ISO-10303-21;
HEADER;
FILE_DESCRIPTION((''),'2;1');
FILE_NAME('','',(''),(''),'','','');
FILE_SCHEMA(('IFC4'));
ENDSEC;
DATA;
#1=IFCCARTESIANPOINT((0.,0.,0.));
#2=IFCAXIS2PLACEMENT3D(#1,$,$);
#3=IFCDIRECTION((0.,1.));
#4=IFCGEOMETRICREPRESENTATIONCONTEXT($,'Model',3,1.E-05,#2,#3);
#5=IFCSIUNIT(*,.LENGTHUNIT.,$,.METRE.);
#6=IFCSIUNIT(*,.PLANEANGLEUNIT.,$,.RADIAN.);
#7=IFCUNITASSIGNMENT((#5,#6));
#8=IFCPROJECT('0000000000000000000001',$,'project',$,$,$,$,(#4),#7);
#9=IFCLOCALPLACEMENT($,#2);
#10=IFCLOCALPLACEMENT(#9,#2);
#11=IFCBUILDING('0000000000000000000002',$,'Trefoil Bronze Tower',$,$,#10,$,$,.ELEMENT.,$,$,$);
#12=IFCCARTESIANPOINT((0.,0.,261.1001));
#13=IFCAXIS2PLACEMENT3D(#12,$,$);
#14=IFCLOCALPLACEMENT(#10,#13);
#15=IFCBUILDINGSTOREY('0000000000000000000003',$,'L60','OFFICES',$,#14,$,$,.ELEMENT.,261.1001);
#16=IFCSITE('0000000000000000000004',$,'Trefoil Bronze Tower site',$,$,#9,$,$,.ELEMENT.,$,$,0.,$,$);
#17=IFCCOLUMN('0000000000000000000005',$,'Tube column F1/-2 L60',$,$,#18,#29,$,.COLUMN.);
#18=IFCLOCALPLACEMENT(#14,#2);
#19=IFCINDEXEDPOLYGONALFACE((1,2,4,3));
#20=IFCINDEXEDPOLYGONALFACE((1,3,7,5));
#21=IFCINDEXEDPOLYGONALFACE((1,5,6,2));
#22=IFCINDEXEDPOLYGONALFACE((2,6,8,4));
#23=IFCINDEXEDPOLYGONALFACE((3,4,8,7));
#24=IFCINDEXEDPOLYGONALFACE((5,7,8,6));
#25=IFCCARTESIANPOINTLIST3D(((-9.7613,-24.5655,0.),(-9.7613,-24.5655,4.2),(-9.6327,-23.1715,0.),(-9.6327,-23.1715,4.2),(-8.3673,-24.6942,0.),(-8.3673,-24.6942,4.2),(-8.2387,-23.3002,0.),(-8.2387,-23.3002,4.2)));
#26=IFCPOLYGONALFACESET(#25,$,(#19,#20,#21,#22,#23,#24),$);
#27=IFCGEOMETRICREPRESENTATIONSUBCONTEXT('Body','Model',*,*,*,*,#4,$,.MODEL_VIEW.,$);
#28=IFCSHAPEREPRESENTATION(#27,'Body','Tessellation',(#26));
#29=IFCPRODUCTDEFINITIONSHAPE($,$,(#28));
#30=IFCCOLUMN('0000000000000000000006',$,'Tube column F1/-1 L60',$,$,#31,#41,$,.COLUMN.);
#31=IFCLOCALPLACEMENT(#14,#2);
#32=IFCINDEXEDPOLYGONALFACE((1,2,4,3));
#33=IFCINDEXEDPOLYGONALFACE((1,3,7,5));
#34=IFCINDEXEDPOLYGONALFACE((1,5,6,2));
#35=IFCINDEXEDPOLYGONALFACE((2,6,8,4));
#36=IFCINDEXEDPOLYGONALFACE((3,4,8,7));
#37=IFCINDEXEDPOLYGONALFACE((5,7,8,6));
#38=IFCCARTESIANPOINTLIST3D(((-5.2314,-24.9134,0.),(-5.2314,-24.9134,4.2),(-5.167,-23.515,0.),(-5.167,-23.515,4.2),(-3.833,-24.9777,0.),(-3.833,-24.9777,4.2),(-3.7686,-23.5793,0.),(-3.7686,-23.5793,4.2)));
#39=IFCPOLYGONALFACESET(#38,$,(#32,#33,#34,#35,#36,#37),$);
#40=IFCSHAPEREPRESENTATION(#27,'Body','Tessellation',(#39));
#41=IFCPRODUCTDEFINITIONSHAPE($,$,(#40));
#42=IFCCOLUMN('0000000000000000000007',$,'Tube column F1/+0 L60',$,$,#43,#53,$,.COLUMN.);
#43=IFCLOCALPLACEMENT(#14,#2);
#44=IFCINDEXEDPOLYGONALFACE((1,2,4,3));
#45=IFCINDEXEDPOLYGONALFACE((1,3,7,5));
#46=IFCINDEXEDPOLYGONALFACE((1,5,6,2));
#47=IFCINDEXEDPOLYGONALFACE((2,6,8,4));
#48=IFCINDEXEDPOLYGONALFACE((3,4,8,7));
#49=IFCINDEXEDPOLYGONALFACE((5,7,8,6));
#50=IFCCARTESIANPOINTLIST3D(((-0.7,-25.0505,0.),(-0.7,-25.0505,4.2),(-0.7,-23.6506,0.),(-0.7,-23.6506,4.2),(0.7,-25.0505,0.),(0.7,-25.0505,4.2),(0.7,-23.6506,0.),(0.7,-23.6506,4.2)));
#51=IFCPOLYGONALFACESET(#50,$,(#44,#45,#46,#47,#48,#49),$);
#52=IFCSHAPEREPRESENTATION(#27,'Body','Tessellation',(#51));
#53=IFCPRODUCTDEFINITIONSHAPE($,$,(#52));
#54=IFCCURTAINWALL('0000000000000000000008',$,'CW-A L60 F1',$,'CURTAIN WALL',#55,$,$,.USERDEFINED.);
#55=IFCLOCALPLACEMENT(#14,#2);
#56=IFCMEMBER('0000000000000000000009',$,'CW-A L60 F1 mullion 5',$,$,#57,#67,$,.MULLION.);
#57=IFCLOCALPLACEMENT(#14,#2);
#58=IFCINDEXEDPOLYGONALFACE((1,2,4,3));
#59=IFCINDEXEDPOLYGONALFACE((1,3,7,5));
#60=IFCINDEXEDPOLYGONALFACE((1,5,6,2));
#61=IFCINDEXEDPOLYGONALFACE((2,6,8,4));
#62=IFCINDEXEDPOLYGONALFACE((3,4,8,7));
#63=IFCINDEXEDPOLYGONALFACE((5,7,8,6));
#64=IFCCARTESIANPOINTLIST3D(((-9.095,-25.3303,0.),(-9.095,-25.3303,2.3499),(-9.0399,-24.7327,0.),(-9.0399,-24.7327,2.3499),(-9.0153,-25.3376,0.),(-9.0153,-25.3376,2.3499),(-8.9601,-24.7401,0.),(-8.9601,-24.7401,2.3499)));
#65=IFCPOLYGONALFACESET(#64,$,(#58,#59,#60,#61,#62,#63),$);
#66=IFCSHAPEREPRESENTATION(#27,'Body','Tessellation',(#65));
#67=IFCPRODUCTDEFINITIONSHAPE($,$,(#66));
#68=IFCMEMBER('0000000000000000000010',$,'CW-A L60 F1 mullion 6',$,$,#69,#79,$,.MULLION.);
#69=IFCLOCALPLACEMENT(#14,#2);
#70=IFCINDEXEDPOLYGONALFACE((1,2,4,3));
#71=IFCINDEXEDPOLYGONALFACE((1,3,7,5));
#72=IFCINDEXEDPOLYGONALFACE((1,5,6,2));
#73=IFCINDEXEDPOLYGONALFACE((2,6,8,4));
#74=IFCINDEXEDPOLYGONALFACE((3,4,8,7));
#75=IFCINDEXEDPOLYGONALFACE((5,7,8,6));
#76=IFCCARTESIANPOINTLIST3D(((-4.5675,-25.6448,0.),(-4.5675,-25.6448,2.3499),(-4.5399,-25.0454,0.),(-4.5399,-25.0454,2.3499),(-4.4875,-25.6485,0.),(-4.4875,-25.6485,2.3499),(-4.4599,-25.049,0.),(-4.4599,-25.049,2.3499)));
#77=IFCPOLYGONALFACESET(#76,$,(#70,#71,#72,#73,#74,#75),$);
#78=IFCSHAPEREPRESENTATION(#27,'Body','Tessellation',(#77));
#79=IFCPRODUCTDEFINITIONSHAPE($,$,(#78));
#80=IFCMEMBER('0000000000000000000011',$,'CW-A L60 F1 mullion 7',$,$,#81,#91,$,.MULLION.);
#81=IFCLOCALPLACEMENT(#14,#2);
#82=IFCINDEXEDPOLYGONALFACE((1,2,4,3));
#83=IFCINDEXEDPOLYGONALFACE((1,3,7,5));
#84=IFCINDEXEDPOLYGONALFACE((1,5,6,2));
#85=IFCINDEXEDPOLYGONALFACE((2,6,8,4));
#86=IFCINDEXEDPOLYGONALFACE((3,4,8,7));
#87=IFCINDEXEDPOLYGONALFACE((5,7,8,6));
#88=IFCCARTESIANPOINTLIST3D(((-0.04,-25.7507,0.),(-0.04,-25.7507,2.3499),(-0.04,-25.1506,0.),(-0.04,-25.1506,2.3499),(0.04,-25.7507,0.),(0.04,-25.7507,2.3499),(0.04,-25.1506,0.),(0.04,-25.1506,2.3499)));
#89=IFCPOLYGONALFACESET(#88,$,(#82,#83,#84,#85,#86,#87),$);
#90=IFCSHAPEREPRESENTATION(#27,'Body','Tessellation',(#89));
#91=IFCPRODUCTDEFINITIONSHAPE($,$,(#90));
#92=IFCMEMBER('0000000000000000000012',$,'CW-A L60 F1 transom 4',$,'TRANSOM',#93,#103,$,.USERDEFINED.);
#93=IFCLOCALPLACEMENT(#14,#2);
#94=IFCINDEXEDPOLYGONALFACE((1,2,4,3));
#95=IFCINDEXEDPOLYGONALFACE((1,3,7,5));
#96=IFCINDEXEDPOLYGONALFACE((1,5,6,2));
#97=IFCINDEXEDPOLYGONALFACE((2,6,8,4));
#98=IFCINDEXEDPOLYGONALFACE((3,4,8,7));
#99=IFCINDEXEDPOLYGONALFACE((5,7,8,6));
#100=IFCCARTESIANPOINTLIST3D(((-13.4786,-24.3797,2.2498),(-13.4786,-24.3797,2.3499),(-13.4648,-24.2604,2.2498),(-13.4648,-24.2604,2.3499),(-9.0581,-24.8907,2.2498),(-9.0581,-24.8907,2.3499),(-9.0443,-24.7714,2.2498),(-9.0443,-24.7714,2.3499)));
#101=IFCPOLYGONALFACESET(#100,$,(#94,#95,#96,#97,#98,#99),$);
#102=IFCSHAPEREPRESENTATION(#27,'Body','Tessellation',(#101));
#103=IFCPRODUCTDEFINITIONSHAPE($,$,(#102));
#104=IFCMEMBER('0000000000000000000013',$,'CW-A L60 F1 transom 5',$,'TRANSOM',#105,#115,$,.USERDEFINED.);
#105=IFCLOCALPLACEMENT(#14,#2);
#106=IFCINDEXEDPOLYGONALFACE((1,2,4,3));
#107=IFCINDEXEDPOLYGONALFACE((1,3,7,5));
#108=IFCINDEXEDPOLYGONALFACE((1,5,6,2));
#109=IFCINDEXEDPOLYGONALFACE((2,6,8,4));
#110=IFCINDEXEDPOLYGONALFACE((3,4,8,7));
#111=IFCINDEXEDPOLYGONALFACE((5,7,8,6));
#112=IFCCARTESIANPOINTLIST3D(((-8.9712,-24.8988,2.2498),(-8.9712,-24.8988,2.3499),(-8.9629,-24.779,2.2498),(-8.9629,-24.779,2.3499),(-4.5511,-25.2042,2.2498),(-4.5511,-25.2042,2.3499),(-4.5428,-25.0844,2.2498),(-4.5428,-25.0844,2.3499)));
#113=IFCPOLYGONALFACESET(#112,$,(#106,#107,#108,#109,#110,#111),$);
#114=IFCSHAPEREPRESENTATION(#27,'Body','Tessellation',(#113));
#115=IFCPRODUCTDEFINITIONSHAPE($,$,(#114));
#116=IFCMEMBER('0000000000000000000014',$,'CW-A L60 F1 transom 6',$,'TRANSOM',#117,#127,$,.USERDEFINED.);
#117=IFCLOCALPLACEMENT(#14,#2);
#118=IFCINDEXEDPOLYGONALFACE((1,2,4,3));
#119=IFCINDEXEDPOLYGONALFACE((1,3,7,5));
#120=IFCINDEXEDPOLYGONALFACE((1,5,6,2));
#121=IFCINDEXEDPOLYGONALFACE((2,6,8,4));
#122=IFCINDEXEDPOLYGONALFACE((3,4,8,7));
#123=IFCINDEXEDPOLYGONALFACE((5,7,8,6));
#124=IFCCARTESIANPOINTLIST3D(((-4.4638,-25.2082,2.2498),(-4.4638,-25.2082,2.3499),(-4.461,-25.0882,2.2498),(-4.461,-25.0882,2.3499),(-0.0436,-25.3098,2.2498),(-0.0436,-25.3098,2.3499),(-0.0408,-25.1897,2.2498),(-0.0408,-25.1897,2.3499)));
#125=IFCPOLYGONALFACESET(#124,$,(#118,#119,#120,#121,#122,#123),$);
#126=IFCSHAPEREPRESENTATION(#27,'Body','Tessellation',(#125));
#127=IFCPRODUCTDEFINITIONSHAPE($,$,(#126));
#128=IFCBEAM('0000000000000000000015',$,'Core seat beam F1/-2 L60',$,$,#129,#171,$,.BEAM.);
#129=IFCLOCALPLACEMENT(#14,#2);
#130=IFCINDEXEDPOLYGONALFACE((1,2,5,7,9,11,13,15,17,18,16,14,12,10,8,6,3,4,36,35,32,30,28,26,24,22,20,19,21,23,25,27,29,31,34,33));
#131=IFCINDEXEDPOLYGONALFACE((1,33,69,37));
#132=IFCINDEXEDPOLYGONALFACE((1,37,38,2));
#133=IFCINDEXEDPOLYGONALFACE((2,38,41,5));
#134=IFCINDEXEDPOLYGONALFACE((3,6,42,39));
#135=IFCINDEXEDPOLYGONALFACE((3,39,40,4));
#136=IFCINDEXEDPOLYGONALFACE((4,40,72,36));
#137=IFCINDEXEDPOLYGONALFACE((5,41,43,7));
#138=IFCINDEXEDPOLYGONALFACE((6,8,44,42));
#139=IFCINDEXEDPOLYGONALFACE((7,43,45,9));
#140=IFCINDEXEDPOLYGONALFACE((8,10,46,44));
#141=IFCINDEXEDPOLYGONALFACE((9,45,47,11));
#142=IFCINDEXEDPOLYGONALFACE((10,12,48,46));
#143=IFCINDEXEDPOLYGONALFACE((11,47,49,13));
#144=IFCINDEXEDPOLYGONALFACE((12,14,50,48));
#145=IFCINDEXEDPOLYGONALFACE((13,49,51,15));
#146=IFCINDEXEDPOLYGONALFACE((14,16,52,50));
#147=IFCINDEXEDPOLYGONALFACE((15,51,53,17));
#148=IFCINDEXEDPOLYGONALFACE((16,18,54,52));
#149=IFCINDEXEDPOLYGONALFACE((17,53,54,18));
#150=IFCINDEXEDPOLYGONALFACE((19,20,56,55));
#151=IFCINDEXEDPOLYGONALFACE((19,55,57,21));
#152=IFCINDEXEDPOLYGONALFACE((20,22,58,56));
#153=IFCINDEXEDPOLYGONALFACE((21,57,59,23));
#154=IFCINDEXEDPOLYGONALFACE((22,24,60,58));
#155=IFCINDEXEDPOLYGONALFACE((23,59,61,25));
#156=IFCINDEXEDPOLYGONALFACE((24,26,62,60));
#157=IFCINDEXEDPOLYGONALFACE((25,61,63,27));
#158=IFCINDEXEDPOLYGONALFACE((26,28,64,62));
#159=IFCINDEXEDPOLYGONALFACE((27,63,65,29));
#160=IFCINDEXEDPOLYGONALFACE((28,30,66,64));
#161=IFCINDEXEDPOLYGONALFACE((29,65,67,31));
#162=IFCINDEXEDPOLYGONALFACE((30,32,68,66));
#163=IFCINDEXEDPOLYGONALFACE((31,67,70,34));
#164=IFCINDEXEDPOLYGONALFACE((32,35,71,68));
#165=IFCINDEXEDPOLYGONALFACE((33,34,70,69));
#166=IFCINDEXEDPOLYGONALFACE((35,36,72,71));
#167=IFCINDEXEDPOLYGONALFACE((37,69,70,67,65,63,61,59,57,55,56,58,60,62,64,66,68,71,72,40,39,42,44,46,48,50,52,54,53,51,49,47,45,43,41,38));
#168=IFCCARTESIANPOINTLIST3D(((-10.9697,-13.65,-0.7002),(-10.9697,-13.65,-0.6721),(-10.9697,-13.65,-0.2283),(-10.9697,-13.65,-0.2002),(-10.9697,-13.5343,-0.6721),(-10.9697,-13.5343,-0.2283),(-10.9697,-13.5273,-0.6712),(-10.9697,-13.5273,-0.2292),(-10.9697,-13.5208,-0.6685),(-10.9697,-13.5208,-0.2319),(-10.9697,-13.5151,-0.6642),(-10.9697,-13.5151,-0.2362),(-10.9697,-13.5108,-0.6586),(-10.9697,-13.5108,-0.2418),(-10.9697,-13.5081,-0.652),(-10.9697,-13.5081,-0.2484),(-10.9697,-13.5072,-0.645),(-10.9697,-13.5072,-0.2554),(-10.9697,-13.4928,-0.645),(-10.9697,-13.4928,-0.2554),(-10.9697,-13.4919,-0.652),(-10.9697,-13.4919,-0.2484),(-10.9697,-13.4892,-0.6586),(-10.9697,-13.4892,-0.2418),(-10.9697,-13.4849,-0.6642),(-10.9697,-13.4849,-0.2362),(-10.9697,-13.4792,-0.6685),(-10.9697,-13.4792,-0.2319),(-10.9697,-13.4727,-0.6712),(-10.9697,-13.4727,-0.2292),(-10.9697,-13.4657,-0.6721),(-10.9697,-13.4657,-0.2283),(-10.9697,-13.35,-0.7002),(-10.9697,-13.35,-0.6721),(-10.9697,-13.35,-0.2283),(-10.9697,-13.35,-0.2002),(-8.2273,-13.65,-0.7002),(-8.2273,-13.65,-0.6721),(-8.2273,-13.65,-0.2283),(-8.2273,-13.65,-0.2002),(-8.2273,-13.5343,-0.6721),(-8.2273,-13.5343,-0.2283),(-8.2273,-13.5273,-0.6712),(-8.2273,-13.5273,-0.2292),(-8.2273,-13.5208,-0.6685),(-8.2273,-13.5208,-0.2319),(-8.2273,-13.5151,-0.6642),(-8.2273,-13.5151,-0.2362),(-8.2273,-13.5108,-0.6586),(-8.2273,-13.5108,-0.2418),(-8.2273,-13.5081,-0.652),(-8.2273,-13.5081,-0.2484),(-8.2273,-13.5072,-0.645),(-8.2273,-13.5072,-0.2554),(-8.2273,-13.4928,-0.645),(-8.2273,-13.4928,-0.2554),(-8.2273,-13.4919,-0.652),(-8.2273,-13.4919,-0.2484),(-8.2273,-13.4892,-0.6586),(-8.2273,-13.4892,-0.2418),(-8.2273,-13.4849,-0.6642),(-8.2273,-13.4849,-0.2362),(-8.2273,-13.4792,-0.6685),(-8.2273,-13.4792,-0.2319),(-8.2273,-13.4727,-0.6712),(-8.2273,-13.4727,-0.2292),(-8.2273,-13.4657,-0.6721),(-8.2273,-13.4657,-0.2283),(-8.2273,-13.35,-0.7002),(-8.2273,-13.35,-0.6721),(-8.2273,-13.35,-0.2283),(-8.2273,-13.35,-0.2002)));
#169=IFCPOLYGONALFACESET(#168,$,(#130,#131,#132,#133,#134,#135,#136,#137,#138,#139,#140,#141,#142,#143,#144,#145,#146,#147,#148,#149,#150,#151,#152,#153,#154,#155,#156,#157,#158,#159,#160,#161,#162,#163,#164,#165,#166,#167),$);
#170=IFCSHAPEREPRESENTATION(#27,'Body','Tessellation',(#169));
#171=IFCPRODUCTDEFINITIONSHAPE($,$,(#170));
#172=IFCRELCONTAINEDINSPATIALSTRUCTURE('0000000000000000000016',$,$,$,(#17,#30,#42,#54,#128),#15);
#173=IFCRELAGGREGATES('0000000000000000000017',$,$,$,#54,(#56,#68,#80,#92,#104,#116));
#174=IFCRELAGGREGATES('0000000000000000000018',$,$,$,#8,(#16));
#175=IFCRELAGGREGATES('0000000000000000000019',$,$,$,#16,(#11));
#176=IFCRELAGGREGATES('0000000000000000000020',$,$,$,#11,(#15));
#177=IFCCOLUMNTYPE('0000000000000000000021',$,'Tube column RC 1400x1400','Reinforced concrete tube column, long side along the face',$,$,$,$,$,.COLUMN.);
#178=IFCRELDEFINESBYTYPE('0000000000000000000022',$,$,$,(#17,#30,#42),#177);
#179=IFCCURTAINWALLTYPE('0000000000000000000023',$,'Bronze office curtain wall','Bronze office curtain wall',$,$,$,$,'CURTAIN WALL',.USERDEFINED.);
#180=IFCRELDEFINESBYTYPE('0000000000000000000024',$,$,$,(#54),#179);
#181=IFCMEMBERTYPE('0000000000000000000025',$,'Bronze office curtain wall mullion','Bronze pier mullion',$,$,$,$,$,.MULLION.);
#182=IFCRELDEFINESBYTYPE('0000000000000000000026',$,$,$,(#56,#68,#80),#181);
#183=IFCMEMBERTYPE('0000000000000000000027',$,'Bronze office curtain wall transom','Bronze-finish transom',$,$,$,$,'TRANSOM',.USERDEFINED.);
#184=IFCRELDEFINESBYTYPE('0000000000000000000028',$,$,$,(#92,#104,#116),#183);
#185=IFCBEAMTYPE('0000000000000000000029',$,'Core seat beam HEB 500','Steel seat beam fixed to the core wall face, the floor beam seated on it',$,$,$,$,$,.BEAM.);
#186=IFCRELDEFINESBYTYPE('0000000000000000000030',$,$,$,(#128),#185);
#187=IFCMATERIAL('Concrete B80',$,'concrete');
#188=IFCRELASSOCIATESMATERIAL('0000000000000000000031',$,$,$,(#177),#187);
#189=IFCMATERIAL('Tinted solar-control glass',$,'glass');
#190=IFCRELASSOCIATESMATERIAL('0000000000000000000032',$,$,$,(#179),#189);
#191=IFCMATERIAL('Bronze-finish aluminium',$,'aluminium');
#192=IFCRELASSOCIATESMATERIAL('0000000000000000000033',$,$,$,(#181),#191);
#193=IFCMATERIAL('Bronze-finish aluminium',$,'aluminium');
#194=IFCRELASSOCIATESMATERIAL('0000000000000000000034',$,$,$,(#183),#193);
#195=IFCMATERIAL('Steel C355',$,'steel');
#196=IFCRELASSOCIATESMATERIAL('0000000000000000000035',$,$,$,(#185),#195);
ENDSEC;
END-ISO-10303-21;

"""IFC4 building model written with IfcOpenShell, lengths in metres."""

from ifc_helpers import new_model, si_unit, direction, frame, origin, origin_2d, place, context, subcontext, project, spatial, rectangle, i_section, extrude, material, material_profile, profile_set, type_object, element, aggregate, save


model = new_model("IFC4")

# Units and contexts
model_context = context("Model", 3, precision=1e-05, world=origin(), true_north=direction((0.0, 1.0)))
body_context = subcontext(model_context, "Body", "Model", "MODEL_VIEW")
ifc_project = project(units=[si_unit("LENGTHUNIT", "METRE"), si_unit("PLANEANGLEUNIT", "RADIAN")], contexts=[model_context])

# Site, building, storey
site_placement = place(None, origin())
site = spatial("IfcSite", under=ifc_project, at=site_placement, Name="Trefoil Bronze Tower site", CompositionType="ELEMENT", RefElevation=0.0)
building_placement = place(site_placement, origin())
building = spatial("IfcBuilding", under=site, at=building_placement, Name="Trefoil Bronze Tower", CompositionType="ELEMENT")
storey_placement = place(building_placement, frame((0.0, 0.0, 261.1001)))
storey = spatial("IfcBuildingStorey", under=building, at=storey_placement, Name="L60", Description="OFFICES", CompositionType="ELEMENT", Elevation=261.1001)

# Columns
ifc_material_1 = material(Name="Concrete B80", Category="concrete")
ifc_material_profile_1 = material_profile(ifc_material_1, rectangle(XDim=1.3999, YDim=1.3999, at=origin_2d()), Name="RC 1400x1400")
ifc_profile_set_1 = profile_set([ifc_material_profile_1], Name="Concrete B80")
column_type = type_object("IfcColumnType", Name="Tube column RC 1400x1400", Description="Reinforced concrete tube column, long side along the face", PredefinedType="COLUMN", material=ifc_profile_set_1)
for number, where, z_axis, x_axis, name in (
    (1, (-9.0, -23.9329, 0.0), (0.0, 0.0, 1.0), (0.995767, -0.091911, 0.0), "Tube column F1/-2 L60"),
    (2, (-4.5, -24.2463, 0.0), (0.0, 0.0, 1.0), (0.998943, -0.045956, 0.0), "Tube column F1/-1 L60"),
    (3, (0.0, -24.3506, 0.0), (0.0, 0.0, 1.0), (1.0, 0.0, 0.0), "Tube column F1/+0 L60"),
):
    element("IfcColumn", number, at=place(storey_placement, frame(where, z_axis=z_axis, x_axis=x_axis)), inside=storey, type_object=column_type, Name=name, PredefinedType="COLUMN", context=body_context, shape_type="SweptSolid", body=[
        extrude(rectangle(XDim=1.3999, YDim=1.3999, at=origin_2d()), origin(), (0.0, 0.0, 1.0), 4.2),
    ])

# Curtain wall, members
ifc_material_2 = material(Name="Tinted solar-control glass", Category="glass")
curtain_wall_type = type_object("IfcCurtainWallType", Name="Bronze office curtain wall", Description="Bronze office curtain wall", ElementType="CURTAIN WALL", PredefinedType="USERDEFINED", material=ifc_material_2)
curtain_wall_placement = place(storey_placement, origin())
curtain_wall = element("IfcCurtainWall", 4, at=curtain_wall_placement, inside=storey, type_object=curtain_wall_type, Name="CW-A L60 F1", ObjectType="CURTAIN WALL", PredefinedType="USERDEFINED")
ifc_material_3 = material(Name="Bronze-finish aluminium", Category="aluminium")
ifc_material_profile_2 = material_profile(ifc_material_3, rectangle(XDim=0.6001, YDim=0.0801, at=origin_2d()), Name="CW-A mullion")
ifc_profile_set_2 = profile_set([ifc_material_profile_2], Name="Bronze-finish aluminium")
member_type_1 = type_object("IfcMemberType", Name="Bronze office curtain wall mullion", Description="Bronze pier mullion", PredefinedType="MULLION", material=ifc_profile_set_2)
member_1_placement = place(storey_placement, frame((-9.0276, -25.0352, 0.0), z_axis=(0.0, 0.0, 1.0), x_axis=(0.091911, 0.995767, 0.0)))
member_1 = element("IfcMember", 5, at=member_1_placement, type_object=member_type_1, Name="CW-A L60 F1 mullion 5", PredefinedType="MULLION", context=body_context, shape_type="SweptSolid", body=[
    extrude(rectangle(XDim=0.6001, YDim=0.0801, at=origin_2d()), origin(), (0.0, 0.0, 1.0), 2.3499),
])
member_2_placement = place(storey_placement, frame((-4.5137, -25.3469, 0.0), z_axis=(0.0, 0.0, 1.0), x_axis=(0.045956, 0.998943, 0.0)))
member_2 = element("IfcMember", 6, at=member_2_placement, type_object=member_type_1, Name="CW-A L60 F1 mullion 6", PredefinedType="MULLION", context=body_context, shape_type="SweptSolid", body=[
    extrude(rectangle(XDim=0.6001, YDim=0.0801, at=origin_2d()), origin(), (0.0, 0.0, 1.0), 2.3499),
])
member_3_placement = place(storey_placement, frame((0.0, -25.4507, 0.0), z_axis=(0.0, 0.0, 1.0), x_axis=(0.0, 1.0, 0.0)))
member_3 = element("IfcMember", 7, at=member_3_placement, type_object=member_type_1, Name="CW-A L60 F1 mullion 7", PredefinedType="MULLION", context=body_context, shape_type="SweptSolid", body=[
    extrude(rectangle(XDim=0.6001, YDim=0.0801, at=origin_2d()), origin(), (0.0, 0.0, 1.0), 2.3499),
])
ifc_material_4 = material(Name="Bronze-finish aluminium", Category="aluminium")
ifc_material_profile_3 = material_profile(ifc_material_4, rectangle(XDim=0.1201, YDim=0.1001, at=origin_2d()), Name="CW-A transom")
ifc_profile_set_3 = profile_set([ifc_material_profile_3], Name="Bronze-finish aluminium")
member_type_2 = type_object("IfcMemberType", Name="Bronze office curtain wall transom", Description="Bronze-finish transom", ElementType="TRANSOM", PredefinedType="USERDEFINED", material=ifc_profile_set_3)
member_4_placement = place(storey_placement, frame((-13.4717, -24.3201, 2.2998), z_axis=(0.993385, -0.114832, 0.0), x_axis=(0.114832, 0.993385, 0.0)))
member_4 = element("IfcMember", 8, at=member_4_placement, type_object=member_type_2, Name="CW-A L60 F1 transom 4", ObjectType="TRANSOM", PredefinedType="USERDEFINED", context=body_context, shape_type="SweptSolid", body=[
    extrude(rectangle(XDim=0.1201, YDim=0.1001, at=origin_2d()), origin(), (0.0, 0.0, 1.0), 4.45),
])
member_5_placement = place(storey_placement, frame((-8.967, -24.8389, 2.2998), z_axis=(0.997621, -0.068933, 0.0), x_axis=(0.068933, 0.997621, 0.0)))
member_5 = element("IfcMember", 9, at=member_5_placement, type_object=member_type_2, Name="CW-A L60 F1 transom 5", ObjectType="TRANSOM", PredefinedType="USERDEFINED", context=body_context, shape_type="SweptSolid", body=[
    extrude(rectangle(XDim=0.1201, YDim=0.1001, at=origin_2d()), origin(), (0.0, 0.0, 1.0), 4.4307),
])
member_6_placement = place(storey_placement, frame((-4.4624, -25.1482, 2.2998), z_axis=(0.999736, -0.022971, 0.0), x_axis=(0.022971, 0.999736, 0.0)))
member_6 = element("IfcMember", 10, at=member_6_placement, type_object=member_type_2, Name="CW-A L60 F1 transom 6", ObjectType="TRANSOM", PredefinedType="USERDEFINED", context=body_context, shape_type="SweptSolid", body=[
    extrude(rectangle(XDim=0.1201, YDim=0.1001, at=origin_2d()), origin(), (0.0, 0.0, 1.0), 4.4214),
])

# Beam
ifc_material_5 = material(Name="Steel C355", Category="steel")
ifc_material_profile_4 = material_profile(ifc_material_5, i_section(OverallWidth=0.3, OverallDepth=0.5, WebThickness=0.0144, FlangeThickness=0.0281, FilletRadius=0.0271, at=origin_2d()), Name="HEB 500")
ifc_profile_set_4 = profile_set([ifc_material_profile_4], Name="Steel C355")
beam_type_1 = type_object("IfcBeamType", Name="Core seat beam HEB 500", Description="Steel seat beam fixed to the core wall face, the floor beam seated on it", PredefinedType="BEAM", material=ifc_profile_set_4)
for number, where, z_axis, x_axis, name in (
    (11, (-10.9697, -13.5, -0.4502), (1.0, 0.0, 0.0), (0.0, 1.0, 0.0), "Core seat beam F1/-2 L60"),
):
    element("IfcBeam", number, at=place(storey_placement, frame(where, z_axis=z_axis, x_axis=x_axis)), inside=storey, type_object=beam_type_1, Name=name, PredefinedType="BEAM", context=body_context, shape_type="SweptSolid", body=[
        extrude(i_section(OverallWidth=0.3, OverallDepth=0.5, WebThickness=0.0144, FlangeThickness=0.0281, FilletRadius=0.0271, at=origin_2d()), origin(), (0.0, 0.0, 1.0), 2.7424),
    ])

aggregate(curtain_wall, [member_1, member_2, member_3, member_4, member_5, member_6])

save(model, "model.ifc")
